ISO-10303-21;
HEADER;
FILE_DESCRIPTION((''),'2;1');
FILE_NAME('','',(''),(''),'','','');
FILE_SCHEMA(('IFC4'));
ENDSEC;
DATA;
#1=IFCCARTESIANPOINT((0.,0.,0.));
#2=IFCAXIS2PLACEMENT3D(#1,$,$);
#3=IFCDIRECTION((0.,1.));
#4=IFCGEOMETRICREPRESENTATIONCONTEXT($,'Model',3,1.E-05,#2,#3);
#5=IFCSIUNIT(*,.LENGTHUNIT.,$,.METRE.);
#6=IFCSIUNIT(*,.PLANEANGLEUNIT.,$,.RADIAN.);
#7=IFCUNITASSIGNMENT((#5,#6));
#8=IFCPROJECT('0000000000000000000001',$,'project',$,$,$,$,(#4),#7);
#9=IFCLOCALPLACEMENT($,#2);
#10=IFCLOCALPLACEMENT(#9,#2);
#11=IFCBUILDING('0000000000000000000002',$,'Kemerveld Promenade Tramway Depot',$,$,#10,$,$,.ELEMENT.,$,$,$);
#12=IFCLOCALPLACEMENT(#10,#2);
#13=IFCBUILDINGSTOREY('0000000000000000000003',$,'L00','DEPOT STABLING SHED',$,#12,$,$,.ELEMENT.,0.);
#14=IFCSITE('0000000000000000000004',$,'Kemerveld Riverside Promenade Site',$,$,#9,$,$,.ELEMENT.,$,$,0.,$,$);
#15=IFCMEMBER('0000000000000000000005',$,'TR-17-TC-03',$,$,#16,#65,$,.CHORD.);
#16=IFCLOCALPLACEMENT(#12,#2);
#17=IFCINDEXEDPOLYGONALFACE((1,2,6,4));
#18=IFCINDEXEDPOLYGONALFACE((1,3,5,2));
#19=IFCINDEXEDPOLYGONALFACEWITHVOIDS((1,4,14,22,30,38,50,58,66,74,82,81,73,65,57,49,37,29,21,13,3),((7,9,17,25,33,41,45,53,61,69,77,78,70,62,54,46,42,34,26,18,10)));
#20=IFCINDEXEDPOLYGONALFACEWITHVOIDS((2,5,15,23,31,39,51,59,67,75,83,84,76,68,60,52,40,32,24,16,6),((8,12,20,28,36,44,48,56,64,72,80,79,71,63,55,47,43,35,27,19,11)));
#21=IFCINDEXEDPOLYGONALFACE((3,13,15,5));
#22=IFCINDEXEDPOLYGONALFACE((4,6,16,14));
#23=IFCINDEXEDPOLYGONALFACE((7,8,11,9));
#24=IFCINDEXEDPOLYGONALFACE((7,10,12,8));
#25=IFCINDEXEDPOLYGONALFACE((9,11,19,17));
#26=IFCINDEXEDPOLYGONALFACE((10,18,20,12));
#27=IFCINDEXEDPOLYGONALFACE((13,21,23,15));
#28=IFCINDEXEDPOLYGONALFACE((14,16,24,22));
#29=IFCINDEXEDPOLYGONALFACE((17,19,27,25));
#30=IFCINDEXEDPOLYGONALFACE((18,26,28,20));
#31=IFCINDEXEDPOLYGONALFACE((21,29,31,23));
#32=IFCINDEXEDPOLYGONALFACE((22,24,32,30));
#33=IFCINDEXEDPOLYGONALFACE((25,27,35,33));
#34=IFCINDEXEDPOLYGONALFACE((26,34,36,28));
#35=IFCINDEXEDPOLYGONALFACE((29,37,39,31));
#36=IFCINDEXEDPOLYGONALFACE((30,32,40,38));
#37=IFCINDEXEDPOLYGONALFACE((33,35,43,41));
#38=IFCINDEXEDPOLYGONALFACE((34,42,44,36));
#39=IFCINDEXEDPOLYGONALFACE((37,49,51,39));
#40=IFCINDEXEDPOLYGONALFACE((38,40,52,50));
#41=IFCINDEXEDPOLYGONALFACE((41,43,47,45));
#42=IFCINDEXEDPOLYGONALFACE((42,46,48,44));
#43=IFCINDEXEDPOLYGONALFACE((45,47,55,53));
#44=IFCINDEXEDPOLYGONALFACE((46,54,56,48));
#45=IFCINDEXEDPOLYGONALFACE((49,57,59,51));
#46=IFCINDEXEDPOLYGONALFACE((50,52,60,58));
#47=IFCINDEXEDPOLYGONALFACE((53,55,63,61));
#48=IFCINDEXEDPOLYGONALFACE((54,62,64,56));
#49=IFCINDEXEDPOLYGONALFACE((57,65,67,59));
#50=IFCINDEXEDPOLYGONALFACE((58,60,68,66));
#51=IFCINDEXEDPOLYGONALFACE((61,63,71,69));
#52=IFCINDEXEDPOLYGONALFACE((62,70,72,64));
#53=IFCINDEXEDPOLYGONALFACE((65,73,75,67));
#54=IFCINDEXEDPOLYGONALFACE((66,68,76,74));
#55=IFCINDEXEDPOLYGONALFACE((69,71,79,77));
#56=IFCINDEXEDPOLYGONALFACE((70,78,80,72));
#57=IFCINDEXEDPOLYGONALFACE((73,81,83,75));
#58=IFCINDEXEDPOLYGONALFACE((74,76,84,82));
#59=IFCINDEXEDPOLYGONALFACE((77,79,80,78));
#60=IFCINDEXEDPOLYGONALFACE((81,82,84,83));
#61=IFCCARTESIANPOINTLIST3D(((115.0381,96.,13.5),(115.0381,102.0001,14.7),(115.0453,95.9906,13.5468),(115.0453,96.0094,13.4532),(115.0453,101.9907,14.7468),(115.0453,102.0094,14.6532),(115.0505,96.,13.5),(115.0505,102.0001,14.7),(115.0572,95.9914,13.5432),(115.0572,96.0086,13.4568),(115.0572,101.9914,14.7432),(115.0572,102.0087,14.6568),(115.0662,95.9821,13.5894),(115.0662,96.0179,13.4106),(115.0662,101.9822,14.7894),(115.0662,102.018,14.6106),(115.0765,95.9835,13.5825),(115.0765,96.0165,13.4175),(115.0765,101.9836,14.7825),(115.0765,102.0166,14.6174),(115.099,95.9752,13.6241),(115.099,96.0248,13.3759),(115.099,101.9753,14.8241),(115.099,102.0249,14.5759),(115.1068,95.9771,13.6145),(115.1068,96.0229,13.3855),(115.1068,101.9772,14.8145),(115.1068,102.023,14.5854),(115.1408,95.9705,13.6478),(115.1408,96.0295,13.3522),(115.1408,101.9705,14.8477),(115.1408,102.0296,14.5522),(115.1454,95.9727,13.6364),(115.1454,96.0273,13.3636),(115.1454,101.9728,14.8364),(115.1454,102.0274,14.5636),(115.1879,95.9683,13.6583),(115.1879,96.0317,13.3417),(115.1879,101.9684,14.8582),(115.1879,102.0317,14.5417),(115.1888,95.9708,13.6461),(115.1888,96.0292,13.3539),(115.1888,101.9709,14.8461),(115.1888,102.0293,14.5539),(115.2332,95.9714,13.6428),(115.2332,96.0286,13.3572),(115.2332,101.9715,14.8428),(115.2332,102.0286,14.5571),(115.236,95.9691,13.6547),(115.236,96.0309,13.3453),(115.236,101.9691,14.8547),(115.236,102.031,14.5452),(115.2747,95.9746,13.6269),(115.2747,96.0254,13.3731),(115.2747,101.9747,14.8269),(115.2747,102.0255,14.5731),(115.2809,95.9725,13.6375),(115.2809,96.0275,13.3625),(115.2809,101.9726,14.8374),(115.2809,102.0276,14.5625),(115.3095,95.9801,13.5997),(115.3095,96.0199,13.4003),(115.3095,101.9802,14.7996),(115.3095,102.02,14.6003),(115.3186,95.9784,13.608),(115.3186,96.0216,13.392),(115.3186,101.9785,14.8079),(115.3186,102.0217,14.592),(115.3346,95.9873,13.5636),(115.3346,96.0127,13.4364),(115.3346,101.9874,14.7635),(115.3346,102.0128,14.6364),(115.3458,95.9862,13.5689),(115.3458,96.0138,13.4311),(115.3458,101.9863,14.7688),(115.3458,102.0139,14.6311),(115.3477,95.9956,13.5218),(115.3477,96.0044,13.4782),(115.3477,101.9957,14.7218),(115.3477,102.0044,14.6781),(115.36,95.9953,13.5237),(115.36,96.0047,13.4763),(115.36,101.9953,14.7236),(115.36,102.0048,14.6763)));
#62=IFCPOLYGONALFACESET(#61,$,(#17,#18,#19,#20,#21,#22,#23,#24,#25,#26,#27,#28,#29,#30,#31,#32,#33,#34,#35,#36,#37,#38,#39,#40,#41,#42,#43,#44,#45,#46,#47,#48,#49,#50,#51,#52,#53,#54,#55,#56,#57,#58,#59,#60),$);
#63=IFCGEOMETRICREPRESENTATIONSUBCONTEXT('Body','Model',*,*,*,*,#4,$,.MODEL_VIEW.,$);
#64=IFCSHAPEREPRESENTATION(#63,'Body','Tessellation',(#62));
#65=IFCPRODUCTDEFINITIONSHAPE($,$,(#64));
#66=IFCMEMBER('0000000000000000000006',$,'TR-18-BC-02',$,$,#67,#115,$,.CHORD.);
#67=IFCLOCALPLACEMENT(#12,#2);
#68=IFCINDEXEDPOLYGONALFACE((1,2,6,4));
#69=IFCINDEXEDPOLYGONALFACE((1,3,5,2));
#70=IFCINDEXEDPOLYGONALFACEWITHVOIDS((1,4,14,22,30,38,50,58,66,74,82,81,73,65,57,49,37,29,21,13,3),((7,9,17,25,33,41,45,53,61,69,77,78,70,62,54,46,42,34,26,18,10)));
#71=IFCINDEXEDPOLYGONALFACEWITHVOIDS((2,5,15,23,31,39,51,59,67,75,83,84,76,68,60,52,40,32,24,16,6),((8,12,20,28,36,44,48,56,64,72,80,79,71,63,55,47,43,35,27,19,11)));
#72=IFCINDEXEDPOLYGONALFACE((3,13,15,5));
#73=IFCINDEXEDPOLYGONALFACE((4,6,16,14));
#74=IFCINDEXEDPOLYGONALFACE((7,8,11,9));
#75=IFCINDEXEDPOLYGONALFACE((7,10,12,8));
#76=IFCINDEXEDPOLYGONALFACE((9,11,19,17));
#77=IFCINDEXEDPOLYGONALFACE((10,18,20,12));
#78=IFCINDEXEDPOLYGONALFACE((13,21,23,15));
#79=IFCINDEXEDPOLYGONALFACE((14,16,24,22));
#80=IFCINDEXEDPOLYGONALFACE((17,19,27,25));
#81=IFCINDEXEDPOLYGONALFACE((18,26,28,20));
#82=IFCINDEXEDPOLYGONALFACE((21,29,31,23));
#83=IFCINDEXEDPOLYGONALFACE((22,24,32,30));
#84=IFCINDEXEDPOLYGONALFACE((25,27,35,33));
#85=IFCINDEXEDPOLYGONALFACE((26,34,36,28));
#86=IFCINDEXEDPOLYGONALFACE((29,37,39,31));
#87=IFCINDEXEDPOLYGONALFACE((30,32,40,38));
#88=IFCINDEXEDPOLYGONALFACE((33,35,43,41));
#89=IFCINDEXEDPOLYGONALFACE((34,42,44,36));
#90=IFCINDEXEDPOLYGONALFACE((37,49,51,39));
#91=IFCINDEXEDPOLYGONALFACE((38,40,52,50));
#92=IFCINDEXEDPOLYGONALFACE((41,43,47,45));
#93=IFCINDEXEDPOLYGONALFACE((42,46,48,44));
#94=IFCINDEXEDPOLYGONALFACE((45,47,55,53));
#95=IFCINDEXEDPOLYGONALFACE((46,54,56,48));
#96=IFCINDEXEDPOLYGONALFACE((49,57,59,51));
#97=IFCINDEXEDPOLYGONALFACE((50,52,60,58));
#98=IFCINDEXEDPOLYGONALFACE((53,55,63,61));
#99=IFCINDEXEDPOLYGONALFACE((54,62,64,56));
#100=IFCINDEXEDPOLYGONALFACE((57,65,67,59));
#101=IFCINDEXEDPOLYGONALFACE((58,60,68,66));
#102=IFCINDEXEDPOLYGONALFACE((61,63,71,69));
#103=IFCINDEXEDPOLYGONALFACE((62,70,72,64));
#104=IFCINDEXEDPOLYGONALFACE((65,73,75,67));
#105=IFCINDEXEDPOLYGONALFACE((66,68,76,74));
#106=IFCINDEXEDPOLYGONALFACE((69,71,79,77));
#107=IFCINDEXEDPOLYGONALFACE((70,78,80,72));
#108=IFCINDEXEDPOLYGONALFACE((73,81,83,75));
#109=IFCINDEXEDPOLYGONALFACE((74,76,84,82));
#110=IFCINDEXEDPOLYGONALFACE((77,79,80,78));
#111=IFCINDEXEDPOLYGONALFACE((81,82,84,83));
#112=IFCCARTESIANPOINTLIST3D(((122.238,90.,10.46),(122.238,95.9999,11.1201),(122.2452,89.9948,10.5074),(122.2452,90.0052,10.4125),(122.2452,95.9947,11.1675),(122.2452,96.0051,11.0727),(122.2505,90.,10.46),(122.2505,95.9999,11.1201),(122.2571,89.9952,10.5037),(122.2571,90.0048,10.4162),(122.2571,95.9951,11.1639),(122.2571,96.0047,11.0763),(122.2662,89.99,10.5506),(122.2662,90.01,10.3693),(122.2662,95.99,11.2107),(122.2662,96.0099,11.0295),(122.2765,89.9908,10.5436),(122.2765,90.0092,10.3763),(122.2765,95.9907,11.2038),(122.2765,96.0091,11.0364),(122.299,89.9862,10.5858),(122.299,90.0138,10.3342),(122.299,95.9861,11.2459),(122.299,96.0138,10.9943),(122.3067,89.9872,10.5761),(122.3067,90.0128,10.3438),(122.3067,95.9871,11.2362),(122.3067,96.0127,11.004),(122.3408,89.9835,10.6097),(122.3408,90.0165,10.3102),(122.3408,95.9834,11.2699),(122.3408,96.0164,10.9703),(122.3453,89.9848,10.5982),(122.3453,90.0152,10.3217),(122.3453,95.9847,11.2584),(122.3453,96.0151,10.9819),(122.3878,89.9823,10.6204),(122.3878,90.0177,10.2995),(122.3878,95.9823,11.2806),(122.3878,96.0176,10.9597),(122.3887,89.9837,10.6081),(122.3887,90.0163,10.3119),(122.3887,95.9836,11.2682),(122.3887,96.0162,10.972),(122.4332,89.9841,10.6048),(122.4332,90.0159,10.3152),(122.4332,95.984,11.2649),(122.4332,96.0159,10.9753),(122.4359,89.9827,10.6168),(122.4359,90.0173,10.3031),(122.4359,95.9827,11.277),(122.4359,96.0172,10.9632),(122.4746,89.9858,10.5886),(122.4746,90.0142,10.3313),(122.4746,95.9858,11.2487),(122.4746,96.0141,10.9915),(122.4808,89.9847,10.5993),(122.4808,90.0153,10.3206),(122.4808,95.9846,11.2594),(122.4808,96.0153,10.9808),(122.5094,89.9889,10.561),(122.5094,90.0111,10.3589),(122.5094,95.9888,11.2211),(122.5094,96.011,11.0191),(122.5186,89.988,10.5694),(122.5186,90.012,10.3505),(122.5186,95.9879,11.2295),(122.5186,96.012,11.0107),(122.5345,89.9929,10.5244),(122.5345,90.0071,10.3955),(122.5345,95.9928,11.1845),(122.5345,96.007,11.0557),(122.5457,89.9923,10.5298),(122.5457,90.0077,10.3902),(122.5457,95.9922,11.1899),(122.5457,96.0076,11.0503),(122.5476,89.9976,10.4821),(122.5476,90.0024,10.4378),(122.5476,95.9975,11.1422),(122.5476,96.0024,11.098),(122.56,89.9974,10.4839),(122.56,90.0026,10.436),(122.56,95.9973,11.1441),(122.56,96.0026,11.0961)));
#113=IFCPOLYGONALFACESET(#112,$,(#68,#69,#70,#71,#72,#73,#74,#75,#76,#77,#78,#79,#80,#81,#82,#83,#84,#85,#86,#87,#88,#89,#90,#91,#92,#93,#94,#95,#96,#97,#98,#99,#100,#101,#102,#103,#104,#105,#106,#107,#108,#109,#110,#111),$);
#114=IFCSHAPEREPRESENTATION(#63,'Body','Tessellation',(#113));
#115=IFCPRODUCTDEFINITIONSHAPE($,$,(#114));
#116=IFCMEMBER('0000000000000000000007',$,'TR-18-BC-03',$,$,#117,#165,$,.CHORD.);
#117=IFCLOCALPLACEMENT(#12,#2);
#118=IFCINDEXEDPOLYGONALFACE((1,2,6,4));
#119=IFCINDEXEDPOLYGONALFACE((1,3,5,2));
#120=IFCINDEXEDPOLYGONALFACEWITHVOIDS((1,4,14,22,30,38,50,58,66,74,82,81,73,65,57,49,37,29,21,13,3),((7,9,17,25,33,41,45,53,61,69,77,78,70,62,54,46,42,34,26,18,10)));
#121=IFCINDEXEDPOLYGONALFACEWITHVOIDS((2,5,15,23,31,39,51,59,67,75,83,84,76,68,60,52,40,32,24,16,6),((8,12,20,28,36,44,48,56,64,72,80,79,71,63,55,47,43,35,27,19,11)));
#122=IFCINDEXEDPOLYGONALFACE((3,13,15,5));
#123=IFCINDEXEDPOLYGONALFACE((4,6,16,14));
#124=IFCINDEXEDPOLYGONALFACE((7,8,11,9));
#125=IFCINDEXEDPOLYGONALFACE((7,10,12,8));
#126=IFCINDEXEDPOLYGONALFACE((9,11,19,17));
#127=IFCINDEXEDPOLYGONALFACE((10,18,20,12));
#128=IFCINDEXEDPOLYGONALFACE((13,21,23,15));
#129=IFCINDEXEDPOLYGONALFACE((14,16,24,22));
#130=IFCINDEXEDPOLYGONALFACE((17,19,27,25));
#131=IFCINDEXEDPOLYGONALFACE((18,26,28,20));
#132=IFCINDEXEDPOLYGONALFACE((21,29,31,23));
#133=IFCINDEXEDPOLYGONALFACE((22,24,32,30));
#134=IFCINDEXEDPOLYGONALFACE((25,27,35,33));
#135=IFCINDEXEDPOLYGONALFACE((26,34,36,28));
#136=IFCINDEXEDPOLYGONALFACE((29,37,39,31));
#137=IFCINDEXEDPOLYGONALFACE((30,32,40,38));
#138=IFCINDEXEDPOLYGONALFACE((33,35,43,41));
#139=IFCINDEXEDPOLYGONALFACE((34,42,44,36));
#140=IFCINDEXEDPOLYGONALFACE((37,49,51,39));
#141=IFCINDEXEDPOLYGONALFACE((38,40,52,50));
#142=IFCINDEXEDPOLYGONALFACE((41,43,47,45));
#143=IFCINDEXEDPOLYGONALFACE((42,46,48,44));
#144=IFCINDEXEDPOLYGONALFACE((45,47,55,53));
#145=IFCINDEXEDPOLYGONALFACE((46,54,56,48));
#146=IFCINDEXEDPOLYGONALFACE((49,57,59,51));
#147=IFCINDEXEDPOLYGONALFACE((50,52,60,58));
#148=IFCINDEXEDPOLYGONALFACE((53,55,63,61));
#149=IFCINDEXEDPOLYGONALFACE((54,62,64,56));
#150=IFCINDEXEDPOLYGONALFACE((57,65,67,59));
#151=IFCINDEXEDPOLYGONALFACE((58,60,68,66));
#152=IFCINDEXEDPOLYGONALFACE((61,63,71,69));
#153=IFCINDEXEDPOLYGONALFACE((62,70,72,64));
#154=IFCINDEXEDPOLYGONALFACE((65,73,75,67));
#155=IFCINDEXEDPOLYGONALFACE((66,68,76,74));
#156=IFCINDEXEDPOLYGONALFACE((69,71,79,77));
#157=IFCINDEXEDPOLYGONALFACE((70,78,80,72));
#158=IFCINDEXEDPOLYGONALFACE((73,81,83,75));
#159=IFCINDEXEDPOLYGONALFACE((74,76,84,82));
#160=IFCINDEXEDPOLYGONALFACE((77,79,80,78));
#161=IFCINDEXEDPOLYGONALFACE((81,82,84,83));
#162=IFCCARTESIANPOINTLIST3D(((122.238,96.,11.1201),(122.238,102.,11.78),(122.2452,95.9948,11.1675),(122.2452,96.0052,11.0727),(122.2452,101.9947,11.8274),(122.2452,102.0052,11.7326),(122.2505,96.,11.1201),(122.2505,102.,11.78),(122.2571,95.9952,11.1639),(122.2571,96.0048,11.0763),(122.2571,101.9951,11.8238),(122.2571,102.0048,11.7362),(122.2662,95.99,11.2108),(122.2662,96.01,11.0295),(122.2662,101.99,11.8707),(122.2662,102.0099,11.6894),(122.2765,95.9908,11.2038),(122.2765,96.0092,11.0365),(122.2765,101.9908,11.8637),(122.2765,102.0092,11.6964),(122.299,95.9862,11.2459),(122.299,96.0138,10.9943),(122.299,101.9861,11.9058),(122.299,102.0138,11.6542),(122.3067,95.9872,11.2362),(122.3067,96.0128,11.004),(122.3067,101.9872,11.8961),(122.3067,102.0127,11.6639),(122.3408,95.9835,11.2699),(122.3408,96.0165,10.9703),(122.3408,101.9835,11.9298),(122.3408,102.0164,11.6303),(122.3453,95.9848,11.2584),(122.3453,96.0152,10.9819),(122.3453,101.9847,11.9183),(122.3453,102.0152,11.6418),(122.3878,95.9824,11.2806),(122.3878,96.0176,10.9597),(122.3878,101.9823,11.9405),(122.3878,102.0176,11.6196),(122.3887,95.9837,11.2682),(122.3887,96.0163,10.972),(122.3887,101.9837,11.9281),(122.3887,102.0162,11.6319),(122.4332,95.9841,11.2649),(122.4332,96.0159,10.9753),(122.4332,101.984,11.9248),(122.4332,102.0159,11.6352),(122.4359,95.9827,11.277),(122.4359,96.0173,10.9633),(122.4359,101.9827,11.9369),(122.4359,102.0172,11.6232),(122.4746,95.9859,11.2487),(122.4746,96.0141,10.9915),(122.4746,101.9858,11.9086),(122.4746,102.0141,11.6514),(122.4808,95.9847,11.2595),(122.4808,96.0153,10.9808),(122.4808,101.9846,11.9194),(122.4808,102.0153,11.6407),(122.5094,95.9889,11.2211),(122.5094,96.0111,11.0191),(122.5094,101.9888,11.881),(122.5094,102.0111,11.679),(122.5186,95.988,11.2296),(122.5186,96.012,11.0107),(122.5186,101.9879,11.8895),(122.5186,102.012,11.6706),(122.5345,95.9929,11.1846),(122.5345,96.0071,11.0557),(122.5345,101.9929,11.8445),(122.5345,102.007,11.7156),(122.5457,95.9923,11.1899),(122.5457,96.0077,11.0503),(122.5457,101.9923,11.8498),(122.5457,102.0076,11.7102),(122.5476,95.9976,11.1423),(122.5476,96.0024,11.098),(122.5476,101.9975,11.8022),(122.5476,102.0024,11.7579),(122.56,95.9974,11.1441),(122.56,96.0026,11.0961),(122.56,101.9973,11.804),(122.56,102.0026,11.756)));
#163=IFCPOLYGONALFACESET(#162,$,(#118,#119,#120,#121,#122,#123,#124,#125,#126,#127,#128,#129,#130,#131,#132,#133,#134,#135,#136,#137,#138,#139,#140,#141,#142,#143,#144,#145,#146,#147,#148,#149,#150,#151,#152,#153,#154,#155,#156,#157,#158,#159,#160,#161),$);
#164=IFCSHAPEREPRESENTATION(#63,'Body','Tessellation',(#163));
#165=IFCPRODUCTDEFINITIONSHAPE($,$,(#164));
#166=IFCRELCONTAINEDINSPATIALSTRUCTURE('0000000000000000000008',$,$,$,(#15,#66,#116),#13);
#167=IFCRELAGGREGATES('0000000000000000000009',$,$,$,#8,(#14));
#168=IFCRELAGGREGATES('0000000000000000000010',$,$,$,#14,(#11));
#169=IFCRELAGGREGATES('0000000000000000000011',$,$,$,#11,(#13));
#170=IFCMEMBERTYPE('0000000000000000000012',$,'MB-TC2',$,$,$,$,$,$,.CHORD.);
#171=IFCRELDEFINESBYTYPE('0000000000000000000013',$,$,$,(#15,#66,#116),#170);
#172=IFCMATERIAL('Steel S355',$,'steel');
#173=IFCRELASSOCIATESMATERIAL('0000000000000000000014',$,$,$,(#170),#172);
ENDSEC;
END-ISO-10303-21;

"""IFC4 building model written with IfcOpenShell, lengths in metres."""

from ifc_helpers import new_model, si_unit, direction, frame, origin, origin_2d, place, context, subcontext, project, spatial, hollow_circle, extrude, material, material_profile, profile_set, type_object, element, save


model = new_model("IFC4")

# Units and contexts
model_context = context("Model", 3, precision=1e-05, world=origin(), true_north=direction((0.0, 1.0)))
body_context = subcontext(model_context, "Body", "Model", "MODEL_VIEW")
ifc_project = project(units=[si_unit("LENGTHUNIT", "METRE"), si_unit("PLANEANGLEUNIT", "RADIAN")], contexts=[model_context])

# Site, building, storey
site_placement = place(None, origin())
site = spatial("IfcSite", under=ifc_project, at=site_placement, Name="Kemerveld Riverside Promenade Site", CompositionType="ELEMENT", RefElevation=0.0)
building_placement = place(site_placement, origin())
building = spatial("IfcBuilding", under=site, at=building_placement, Name="Kemerveld Promenade Tramway Depot", CompositionType="ELEMENT")
storey_placement = place(building_placement, origin())
storey = spatial("IfcBuildingStorey", under=building, at=storey_placement, Name="L00", Description="DEPOT STABLING SHED", CompositionType="ELEMENT", Elevation=0.0)

# Members
ifc_material_1 = material(Name="Steel S355", Category="steel")
ifc_material_profile_1 = material_profile(ifc_material_1, hollow_circle(Radius=0.1619, WallThickness=0.0125, at=origin_2d()), Name="323.9x12.5 CHS")
ifc_profile_set_1 = profile_set([ifc_material_profile_1], Name="Steel S355")
member_type_1 = type_object("IfcMemberType", Name="MB-TC2", PredefinedType="CHORD", material=ifc_profile_set_1)
member_1_placement = place(storey_placement, frame((115.2, 96.0, 13.5), z_axis=(0.0, 0.980582, 0.196108), x_axis=(-1.0, 0.0, 0.0)))
element("IfcMember", 1, at=member_1_placement, inside=storey, type_object=member_type_1, Name="TR-17-TC-03", PredefinedType="CHORD", context=body_context, shape_type="SweptSolid", body=[
    extrude(hollow_circle(Radius=0.1619, WallThickness=0.0125, at=origin_2d()), origin(), (0.0, 0.0, 1.0), 6.1189),
])
for number, where, z_axis, x_axis, name in (
    (2, (122.3999, 90.0, 10.46), (0.0, 0.994002, 0.109366), (-1.0, 0.0, 0.0), "TR-18-BC-02"),
    (3, (122.3999, 96.0, 11.1201), (0.0, 0.994006, 0.109326), (-1.0, 0.0, 0.0), "TR-18-BC-03"),
):
    element("IfcMember", number, at=place(storey_placement, frame(where, z_axis=z_axis, x_axis=x_axis)), inside=storey, type_object=member_type_1, Name=name, PredefinedType="CHORD", context=body_context, shape_type="SweptSolid", body=[
        extrude(hollow_circle(Radius=0.1619, WallThickness=0.0125, at=origin_2d()), origin(), (0.0, 0.0, 1.0), 6.0361),
    ])

save(model, "model.ifc")
